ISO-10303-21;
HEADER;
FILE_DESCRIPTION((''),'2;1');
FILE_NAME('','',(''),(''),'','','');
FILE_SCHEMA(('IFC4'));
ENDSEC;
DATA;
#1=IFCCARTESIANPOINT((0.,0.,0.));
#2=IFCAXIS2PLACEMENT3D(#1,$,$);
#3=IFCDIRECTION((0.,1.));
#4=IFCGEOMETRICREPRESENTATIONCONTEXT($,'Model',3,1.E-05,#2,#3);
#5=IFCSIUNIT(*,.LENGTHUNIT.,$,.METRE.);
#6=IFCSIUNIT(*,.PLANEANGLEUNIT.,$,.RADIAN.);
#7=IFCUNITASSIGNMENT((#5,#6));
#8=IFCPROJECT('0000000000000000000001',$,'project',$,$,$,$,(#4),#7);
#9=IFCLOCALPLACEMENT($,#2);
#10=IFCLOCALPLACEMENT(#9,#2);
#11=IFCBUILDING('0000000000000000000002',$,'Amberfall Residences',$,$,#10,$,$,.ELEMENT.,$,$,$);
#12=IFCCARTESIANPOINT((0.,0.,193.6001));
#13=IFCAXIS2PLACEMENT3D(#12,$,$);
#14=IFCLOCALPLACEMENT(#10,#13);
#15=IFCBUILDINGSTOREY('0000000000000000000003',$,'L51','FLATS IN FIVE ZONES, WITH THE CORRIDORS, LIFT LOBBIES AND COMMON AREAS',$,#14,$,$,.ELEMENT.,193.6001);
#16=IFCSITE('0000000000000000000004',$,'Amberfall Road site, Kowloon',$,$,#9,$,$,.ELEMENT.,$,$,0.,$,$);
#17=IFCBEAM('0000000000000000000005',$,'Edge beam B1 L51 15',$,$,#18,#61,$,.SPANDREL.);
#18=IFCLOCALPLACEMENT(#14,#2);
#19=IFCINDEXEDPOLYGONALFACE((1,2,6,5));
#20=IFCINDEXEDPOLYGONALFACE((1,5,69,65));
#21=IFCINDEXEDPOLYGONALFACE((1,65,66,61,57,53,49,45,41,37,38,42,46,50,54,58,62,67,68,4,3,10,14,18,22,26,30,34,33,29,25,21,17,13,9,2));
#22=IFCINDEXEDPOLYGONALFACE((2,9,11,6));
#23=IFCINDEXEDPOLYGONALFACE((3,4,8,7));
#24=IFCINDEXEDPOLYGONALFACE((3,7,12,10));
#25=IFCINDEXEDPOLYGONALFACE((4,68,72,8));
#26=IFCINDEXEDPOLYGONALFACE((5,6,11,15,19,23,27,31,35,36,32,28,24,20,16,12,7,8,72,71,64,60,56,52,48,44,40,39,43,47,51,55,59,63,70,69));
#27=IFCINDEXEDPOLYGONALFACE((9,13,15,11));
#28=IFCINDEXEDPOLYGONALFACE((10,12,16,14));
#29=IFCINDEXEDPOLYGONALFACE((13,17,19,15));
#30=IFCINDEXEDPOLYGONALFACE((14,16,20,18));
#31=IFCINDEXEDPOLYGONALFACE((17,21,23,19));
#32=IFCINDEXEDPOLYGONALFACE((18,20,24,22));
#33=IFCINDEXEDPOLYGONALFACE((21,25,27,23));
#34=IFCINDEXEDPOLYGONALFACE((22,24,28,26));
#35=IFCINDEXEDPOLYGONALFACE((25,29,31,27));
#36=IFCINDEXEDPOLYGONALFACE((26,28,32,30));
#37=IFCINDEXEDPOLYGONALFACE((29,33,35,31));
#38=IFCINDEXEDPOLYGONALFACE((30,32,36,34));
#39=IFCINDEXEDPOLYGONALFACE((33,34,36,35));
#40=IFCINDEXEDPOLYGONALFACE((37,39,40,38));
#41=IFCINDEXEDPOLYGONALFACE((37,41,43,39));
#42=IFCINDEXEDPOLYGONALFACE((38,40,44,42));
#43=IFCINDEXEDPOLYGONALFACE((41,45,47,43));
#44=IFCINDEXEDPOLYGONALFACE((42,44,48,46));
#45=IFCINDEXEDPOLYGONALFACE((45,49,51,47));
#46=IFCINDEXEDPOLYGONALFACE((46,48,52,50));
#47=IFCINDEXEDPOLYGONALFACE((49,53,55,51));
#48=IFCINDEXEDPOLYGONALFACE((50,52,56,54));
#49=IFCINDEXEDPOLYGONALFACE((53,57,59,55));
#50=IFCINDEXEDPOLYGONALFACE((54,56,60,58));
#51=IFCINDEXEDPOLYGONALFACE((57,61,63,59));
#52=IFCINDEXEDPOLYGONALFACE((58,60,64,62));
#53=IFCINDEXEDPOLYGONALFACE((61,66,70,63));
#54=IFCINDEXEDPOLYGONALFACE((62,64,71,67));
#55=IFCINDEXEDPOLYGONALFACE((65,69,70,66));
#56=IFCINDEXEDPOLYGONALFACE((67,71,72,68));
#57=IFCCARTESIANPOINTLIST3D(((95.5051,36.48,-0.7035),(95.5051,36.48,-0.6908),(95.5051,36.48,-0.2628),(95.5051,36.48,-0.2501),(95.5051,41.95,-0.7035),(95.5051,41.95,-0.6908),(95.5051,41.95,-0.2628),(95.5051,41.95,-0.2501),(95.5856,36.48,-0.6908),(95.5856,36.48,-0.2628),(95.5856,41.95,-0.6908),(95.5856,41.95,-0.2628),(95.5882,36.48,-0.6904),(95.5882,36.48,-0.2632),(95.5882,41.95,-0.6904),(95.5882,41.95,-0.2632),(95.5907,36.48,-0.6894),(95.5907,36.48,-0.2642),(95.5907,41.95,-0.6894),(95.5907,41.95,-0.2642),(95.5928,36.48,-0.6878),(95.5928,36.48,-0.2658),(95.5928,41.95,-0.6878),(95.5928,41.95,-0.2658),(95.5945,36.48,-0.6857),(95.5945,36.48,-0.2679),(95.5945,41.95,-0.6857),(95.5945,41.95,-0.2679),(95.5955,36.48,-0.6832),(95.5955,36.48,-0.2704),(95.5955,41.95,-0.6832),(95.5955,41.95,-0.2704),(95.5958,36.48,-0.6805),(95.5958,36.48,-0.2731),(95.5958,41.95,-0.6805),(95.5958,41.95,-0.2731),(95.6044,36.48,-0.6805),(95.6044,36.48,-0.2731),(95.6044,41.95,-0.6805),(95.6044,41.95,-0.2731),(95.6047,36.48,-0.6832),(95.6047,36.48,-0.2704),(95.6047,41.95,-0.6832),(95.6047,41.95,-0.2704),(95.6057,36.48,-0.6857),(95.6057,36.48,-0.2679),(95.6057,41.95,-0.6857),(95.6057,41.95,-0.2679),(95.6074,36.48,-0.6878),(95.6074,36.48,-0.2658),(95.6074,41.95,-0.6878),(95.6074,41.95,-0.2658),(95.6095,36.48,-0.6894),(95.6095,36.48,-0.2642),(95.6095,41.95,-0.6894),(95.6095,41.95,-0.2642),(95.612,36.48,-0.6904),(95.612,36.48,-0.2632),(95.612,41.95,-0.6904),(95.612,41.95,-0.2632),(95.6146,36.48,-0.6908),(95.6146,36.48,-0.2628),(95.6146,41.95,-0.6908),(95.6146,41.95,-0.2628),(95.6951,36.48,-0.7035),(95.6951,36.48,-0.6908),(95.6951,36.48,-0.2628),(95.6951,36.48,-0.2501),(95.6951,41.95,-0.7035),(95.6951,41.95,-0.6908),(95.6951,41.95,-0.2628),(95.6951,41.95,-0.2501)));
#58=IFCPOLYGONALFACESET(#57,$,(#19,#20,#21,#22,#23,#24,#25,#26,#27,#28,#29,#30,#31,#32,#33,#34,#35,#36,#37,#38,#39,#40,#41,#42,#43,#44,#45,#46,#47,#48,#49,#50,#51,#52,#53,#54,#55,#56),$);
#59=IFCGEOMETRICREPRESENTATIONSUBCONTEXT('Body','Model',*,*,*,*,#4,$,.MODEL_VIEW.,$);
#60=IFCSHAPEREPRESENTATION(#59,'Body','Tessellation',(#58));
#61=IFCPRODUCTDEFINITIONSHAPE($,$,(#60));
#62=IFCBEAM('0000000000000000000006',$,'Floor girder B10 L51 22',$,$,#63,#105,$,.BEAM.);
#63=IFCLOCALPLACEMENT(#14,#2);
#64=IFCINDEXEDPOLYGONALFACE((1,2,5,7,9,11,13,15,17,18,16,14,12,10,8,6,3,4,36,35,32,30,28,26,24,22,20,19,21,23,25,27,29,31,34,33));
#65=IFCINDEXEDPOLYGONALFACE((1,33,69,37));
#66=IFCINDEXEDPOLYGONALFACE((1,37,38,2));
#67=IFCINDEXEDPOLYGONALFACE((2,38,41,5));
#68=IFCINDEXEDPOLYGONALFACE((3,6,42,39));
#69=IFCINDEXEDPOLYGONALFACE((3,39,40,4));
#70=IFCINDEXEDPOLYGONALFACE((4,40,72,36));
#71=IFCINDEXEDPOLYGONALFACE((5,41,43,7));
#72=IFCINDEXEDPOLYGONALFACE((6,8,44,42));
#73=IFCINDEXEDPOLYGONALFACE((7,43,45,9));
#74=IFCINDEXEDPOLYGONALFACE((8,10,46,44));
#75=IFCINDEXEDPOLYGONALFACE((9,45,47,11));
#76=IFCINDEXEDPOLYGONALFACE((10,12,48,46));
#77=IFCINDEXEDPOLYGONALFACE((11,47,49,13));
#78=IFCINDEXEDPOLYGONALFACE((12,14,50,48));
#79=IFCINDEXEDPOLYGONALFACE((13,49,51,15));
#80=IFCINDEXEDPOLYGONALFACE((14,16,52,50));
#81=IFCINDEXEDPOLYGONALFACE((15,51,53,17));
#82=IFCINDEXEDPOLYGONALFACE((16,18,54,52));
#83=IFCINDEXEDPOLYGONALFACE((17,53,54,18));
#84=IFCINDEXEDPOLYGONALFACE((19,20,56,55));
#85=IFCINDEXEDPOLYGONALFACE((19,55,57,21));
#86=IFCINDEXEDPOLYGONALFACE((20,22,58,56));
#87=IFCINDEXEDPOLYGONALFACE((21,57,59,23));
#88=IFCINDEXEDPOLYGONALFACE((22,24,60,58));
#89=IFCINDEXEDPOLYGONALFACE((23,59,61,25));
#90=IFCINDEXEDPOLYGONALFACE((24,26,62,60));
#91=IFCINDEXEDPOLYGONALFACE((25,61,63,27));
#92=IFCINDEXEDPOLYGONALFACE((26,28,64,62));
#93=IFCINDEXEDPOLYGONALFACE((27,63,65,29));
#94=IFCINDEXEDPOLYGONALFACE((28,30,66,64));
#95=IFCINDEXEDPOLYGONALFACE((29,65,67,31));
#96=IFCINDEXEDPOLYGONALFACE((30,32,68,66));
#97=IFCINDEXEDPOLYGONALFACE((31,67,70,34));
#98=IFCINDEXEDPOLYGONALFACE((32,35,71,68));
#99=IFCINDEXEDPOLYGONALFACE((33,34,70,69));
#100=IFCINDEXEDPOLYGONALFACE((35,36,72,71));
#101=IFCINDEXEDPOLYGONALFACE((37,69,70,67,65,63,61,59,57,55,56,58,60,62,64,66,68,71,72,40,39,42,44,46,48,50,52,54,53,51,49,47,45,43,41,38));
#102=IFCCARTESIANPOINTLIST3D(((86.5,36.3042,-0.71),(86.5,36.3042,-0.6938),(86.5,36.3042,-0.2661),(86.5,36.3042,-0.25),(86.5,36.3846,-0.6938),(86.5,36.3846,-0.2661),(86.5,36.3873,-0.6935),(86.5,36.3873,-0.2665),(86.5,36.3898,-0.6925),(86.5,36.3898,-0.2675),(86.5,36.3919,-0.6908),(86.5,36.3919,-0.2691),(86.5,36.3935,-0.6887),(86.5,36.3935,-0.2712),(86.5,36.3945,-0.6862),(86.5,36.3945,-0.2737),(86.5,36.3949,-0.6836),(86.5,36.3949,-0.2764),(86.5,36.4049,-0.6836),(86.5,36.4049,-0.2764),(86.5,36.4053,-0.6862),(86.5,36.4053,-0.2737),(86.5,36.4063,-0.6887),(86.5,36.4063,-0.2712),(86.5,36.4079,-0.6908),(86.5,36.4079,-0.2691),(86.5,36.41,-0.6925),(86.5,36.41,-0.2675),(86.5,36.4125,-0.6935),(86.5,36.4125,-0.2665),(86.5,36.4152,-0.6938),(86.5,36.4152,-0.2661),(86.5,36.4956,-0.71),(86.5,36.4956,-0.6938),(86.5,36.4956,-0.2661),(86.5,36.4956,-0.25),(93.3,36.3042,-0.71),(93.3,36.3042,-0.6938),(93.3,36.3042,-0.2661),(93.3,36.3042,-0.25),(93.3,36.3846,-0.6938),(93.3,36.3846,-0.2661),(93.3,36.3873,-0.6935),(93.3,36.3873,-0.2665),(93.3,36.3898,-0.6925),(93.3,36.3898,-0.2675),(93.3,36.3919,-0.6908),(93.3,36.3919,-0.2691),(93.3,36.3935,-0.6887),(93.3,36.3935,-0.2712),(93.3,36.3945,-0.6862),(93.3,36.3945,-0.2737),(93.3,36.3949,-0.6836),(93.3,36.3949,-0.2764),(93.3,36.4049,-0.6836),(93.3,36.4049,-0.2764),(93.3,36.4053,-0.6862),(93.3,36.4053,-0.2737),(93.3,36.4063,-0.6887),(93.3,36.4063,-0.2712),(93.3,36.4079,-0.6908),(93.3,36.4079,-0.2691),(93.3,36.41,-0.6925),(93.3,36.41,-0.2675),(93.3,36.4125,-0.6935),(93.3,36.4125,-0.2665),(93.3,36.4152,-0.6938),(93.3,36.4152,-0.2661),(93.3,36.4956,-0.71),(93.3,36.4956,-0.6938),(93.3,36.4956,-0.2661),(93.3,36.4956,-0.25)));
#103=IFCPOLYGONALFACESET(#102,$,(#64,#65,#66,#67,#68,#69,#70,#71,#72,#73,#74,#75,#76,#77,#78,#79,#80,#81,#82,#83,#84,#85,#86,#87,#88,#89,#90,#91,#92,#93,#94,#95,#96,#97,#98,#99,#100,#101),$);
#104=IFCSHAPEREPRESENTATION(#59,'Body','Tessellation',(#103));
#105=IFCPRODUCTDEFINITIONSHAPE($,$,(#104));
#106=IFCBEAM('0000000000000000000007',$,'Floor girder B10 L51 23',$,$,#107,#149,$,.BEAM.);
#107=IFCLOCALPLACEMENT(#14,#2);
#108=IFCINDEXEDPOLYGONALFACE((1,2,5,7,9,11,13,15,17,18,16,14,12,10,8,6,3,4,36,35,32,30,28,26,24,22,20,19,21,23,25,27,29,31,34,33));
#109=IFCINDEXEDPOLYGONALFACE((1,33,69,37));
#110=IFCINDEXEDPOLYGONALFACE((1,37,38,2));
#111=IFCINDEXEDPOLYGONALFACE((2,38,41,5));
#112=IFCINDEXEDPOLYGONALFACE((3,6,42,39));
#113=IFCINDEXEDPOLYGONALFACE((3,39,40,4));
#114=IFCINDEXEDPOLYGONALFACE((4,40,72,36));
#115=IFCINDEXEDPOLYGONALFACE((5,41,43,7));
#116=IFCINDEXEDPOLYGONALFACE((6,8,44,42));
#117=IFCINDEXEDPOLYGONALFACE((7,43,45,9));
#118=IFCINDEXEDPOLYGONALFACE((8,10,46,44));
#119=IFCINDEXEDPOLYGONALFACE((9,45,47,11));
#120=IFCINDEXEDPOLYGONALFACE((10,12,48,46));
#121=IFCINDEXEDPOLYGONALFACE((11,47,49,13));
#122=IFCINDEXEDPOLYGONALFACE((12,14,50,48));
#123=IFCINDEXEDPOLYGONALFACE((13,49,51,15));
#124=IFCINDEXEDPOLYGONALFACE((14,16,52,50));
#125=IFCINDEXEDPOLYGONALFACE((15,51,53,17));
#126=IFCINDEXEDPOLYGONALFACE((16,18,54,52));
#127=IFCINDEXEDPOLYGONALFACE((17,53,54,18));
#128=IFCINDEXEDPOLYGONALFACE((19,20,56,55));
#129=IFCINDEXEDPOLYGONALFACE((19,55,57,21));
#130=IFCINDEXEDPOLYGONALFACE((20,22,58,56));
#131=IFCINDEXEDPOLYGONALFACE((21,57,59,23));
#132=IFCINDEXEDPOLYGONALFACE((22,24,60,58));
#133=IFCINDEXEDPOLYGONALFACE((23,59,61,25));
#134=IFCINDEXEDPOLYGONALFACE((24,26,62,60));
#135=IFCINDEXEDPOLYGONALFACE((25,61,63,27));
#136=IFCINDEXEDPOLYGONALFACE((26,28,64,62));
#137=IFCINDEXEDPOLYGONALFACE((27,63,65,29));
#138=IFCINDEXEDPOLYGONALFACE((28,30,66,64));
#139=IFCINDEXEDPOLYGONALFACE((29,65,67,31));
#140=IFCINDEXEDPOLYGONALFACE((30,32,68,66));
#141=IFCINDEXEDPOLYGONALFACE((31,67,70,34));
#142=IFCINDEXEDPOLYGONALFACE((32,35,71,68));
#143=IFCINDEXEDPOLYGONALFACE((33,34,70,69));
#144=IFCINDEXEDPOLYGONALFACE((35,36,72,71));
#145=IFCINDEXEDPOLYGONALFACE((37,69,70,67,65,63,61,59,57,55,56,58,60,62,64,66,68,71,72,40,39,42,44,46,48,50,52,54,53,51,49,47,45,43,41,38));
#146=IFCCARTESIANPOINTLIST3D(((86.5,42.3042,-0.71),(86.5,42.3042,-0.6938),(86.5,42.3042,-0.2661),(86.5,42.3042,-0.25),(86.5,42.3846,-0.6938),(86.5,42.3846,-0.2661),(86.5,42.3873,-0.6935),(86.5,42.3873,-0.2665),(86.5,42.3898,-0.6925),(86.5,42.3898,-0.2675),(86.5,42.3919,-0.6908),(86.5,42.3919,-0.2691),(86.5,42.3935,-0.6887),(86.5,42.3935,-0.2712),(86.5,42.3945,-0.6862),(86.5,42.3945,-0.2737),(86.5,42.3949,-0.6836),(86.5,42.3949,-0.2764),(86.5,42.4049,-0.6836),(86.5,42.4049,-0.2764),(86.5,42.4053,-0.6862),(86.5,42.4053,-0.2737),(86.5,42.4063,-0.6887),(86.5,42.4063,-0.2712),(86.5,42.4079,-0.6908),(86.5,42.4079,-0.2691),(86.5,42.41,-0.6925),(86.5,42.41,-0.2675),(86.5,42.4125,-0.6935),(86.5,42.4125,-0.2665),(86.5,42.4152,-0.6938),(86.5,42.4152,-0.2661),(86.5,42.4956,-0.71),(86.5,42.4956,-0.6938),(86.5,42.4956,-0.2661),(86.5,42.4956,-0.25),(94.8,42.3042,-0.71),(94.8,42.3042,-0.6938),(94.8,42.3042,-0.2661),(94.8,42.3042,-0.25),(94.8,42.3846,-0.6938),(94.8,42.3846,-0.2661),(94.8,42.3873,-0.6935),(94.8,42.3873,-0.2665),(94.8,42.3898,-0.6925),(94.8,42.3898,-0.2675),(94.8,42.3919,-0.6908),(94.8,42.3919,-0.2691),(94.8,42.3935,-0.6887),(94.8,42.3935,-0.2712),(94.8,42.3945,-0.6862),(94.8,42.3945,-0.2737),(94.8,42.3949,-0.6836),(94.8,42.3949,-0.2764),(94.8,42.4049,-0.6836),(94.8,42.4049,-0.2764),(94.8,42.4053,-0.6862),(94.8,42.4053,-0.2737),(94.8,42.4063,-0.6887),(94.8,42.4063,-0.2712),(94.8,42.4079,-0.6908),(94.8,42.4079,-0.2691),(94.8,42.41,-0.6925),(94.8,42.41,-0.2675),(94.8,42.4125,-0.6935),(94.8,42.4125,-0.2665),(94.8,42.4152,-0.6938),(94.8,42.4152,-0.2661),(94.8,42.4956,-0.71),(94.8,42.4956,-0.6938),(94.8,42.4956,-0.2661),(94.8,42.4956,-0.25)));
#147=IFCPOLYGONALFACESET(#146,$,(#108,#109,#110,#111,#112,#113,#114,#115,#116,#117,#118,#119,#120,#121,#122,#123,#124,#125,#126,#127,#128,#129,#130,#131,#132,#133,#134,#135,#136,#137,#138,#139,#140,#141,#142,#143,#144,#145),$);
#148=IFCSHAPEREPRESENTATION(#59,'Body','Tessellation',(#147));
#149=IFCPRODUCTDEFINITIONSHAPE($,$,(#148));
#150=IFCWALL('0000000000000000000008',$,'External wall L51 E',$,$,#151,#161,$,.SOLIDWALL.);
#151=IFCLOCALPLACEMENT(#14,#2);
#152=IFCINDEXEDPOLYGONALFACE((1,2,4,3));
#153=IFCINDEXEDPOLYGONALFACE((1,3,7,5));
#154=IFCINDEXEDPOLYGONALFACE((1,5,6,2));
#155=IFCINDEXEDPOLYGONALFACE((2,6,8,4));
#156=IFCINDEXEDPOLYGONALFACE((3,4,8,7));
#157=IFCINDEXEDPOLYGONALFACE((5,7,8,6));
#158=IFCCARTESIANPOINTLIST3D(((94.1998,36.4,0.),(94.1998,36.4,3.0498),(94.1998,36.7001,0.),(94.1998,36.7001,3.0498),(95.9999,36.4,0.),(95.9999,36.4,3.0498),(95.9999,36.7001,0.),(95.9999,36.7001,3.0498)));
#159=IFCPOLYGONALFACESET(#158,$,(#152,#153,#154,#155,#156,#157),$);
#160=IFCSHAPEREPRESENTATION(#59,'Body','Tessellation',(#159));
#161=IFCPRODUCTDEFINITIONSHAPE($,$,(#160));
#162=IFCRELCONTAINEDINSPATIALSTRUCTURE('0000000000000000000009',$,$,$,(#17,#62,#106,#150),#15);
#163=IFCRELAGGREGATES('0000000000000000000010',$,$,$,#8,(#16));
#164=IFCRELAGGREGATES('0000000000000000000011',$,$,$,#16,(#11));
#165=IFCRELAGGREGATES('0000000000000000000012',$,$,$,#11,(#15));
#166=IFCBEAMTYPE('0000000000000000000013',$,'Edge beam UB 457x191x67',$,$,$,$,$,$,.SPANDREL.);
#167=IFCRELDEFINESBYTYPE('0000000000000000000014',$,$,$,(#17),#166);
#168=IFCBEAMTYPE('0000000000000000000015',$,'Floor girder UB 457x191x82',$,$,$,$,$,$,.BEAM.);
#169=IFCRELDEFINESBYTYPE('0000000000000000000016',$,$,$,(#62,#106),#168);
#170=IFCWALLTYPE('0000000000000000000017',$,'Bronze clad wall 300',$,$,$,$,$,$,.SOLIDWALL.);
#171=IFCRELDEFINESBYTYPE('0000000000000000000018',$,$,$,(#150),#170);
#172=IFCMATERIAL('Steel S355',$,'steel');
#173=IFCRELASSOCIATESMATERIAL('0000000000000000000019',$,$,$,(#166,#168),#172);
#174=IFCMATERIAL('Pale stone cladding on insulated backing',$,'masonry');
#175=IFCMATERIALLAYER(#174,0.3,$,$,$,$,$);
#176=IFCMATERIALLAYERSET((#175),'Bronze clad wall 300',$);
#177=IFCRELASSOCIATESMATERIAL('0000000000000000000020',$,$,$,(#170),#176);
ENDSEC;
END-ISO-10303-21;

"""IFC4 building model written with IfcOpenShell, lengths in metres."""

from ifc_helpers import new_model, si_unit, direction, frame, frame_2d, origin, origin_2d, place, context, subcontext, project, spatial, rectangle, i_section, extrude, material, layer, layer_set, material_profile, profile_set, type_object, element, save


model = new_model("IFC4")

# Units and contexts
model_context = context("Model", 3, precision=1e-05, world=origin(), true_north=direction((0.0, 1.0)))
body_context = subcontext(model_context, "Body", "Model", "MODEL_VIEW")
ifc_project = project(units=[si_unit("LENGTHUNIT", "METRE"), si_unit("PLANEANGLEUNIT", "RADIAN")], contexts=[model_context])

# Site, building, storey
site_placement = place(None, origin())
site = spatial("IfcSite", under=ifc_project, at=site_placement, Name="Amberfall Road site, Kowloon", CompositionType="ELEMENT", RefElevation=0.0)
building_placement = place(site_placement, origin())
building = spatial("IfcBuilding", under=site, at=building_placement, Name="Amberfall Residences", CompositionType="ELEMENT")
storey_placement = place(building_placement, frame((0.0, 0.0, 193.6001)))
storey = spatial("IfcBuildingStorey", under=building, at=storey_placement, Name="L51", Description="FLATS IN FIVE ZONES, WITH THE CORRIDORS, LIFT LOBBIES AND COMMON AREAS", CompositionType="ELEMENT", Elevation=193.6001)

# Beams
ifc_material_1 = material(Name="Steel S355", Category="steel")
ifc_material_profile_1 = material_profile(ifc_material_1, i_section(OverallWidth=0.1899, OverallDepth=0.4534, WebThickness=0.0085, FlangeThickness=0.0127, FilletRadius=0.0103, at=origin_2d()), Name="UB 457x191x67")
ifc_profile_set_1 = profile_set([ifc_material_profile_1], Name="Steel S355")
beam_type_1 = type_object("IfcBeamType", Name="Edge beam UB 457x191x67", PredefinedType="SPANDREL", material=ifc_profile_set_1)
beam_1_placement = place(storey_placement, frame((95.6001, 36.48, -0.4768), z_axis=(0.0, 1.0, 0.0), x_axis=(-1.0, 0.0, 0.0)))
element("IfcBeam", 1, at=beam_1_placement, inside=storey, type_object=beam_type_1, Name="Edge beam B1 L51 15", PredefinedType="SPANDREL", context=body_context, shape_type="SweptSolid", body=[
    extrude(i_section(OverallWidth=0.1899, OverallDepth=0.4534, WebThickness=0.0085, FlangeThickness=0.0127, FilletRadius=0.0103, at=origin_2d()), origin(), (0.0, 0.0, 1.0), 5.47),
])
ifc_material_profile_2 = material_profile(ifc_material_1, i_section(OverallWidth=0.1914, OverallDepth=0.46, WebThickness=0.01, FlangeThickness=0.0161, FilletRadius=0.0103, at=origin_2d()), Name="UB 457x191x82")
ifc_profile_set_2 = profile_set([ifc_material_profile_2], Name="Steel S355")
beam_type_2 = type_object("IfcBeamType", Name="Floor girder UB 457x191x82", PredefinedType="BEAM", material=ifc_profile_set_2)
beam_2_placement = place(storey_placement, frame((93.3, 36.3999, -0.48), z_axis=(-1.0, 0.0, 0.0), x_axis=(0.0, -1.0, 0.0)))
element("IfcBeam", 2, at=beam_2_placement, inside=storey, type_object=beam_type_2, Name="Floor girder B10 L51 22", PredefinedType="BEAM", context=body_context, shape_type="SweptSolid", body=[
    extrude(i_section(OverallWidth=0.1914, OverallDepth=0.46, WebThickness=0.01, FlangeThickness=0.0161, FilletRadius=0.0103, at=origin_2d()), origin(), (0.0, 0.0, 1.0), 6.8),
])
beam_3_placement = place(storey_placement, frame((94.8, 42.3999, -0.48), z_axis=(-1.0, 0.0, 0.0), x_axis=(0.0, -1.0, 0.0)))
element("IfcBeam", 3, at=beam_3_placement, inside=storey, type_object=beam_type_2, Name="Floor girder B10 L51 23", PredefinedType="BEAM", context=body_context, shape_type="SweptSolid", body=[
    extrude(i_section(OverallWidth=0.1914, OverallDepth=0.46, WebThickness=0.01, FlangeThickness=0.0161, FilletRadius=0.0103, at=origin_2d()), origin(), (0.0, 0.0, 1.0), 8.3),
])

# Wall
ifc_material_2 = material(Name="Pale stone cladding on insulated backing", Category="masonry")
ifc_layer_1 = layer(ifc_material_2, 0.3)
ifc_layer_set_1 = layer_set([ifc_layer_1], Name="Bronze clad wall 300")
wall_type_1 = type_object("IfcWallType", Name="Bronze clad wall 300", PredefinedType="SOLIDWALL", material=ifc_layer_set_1)
wall_1_placement = place(storey_placement, frame((94.2, 36.55, 0.0), z_axis=(0.0, 0.0, 1.0), x_axis=(1.0, 0.0, 0.0)))
element("IfcWall", 4, at=wall_1_placement, inside=storey, type_object=wall_type_1, Name="External wall L51 E", PredefinedType="SOLIDWALL", context=body_context, shape_type="SweptSolid", body=[
    extrude(rectangle(XDim=1.8, YDim=0.3, at=frame_2d((0.8999, 0.0))), origin(), (0.0, 0.0, 1.0), 3.0498),
])

save(model, "model.ifc")
